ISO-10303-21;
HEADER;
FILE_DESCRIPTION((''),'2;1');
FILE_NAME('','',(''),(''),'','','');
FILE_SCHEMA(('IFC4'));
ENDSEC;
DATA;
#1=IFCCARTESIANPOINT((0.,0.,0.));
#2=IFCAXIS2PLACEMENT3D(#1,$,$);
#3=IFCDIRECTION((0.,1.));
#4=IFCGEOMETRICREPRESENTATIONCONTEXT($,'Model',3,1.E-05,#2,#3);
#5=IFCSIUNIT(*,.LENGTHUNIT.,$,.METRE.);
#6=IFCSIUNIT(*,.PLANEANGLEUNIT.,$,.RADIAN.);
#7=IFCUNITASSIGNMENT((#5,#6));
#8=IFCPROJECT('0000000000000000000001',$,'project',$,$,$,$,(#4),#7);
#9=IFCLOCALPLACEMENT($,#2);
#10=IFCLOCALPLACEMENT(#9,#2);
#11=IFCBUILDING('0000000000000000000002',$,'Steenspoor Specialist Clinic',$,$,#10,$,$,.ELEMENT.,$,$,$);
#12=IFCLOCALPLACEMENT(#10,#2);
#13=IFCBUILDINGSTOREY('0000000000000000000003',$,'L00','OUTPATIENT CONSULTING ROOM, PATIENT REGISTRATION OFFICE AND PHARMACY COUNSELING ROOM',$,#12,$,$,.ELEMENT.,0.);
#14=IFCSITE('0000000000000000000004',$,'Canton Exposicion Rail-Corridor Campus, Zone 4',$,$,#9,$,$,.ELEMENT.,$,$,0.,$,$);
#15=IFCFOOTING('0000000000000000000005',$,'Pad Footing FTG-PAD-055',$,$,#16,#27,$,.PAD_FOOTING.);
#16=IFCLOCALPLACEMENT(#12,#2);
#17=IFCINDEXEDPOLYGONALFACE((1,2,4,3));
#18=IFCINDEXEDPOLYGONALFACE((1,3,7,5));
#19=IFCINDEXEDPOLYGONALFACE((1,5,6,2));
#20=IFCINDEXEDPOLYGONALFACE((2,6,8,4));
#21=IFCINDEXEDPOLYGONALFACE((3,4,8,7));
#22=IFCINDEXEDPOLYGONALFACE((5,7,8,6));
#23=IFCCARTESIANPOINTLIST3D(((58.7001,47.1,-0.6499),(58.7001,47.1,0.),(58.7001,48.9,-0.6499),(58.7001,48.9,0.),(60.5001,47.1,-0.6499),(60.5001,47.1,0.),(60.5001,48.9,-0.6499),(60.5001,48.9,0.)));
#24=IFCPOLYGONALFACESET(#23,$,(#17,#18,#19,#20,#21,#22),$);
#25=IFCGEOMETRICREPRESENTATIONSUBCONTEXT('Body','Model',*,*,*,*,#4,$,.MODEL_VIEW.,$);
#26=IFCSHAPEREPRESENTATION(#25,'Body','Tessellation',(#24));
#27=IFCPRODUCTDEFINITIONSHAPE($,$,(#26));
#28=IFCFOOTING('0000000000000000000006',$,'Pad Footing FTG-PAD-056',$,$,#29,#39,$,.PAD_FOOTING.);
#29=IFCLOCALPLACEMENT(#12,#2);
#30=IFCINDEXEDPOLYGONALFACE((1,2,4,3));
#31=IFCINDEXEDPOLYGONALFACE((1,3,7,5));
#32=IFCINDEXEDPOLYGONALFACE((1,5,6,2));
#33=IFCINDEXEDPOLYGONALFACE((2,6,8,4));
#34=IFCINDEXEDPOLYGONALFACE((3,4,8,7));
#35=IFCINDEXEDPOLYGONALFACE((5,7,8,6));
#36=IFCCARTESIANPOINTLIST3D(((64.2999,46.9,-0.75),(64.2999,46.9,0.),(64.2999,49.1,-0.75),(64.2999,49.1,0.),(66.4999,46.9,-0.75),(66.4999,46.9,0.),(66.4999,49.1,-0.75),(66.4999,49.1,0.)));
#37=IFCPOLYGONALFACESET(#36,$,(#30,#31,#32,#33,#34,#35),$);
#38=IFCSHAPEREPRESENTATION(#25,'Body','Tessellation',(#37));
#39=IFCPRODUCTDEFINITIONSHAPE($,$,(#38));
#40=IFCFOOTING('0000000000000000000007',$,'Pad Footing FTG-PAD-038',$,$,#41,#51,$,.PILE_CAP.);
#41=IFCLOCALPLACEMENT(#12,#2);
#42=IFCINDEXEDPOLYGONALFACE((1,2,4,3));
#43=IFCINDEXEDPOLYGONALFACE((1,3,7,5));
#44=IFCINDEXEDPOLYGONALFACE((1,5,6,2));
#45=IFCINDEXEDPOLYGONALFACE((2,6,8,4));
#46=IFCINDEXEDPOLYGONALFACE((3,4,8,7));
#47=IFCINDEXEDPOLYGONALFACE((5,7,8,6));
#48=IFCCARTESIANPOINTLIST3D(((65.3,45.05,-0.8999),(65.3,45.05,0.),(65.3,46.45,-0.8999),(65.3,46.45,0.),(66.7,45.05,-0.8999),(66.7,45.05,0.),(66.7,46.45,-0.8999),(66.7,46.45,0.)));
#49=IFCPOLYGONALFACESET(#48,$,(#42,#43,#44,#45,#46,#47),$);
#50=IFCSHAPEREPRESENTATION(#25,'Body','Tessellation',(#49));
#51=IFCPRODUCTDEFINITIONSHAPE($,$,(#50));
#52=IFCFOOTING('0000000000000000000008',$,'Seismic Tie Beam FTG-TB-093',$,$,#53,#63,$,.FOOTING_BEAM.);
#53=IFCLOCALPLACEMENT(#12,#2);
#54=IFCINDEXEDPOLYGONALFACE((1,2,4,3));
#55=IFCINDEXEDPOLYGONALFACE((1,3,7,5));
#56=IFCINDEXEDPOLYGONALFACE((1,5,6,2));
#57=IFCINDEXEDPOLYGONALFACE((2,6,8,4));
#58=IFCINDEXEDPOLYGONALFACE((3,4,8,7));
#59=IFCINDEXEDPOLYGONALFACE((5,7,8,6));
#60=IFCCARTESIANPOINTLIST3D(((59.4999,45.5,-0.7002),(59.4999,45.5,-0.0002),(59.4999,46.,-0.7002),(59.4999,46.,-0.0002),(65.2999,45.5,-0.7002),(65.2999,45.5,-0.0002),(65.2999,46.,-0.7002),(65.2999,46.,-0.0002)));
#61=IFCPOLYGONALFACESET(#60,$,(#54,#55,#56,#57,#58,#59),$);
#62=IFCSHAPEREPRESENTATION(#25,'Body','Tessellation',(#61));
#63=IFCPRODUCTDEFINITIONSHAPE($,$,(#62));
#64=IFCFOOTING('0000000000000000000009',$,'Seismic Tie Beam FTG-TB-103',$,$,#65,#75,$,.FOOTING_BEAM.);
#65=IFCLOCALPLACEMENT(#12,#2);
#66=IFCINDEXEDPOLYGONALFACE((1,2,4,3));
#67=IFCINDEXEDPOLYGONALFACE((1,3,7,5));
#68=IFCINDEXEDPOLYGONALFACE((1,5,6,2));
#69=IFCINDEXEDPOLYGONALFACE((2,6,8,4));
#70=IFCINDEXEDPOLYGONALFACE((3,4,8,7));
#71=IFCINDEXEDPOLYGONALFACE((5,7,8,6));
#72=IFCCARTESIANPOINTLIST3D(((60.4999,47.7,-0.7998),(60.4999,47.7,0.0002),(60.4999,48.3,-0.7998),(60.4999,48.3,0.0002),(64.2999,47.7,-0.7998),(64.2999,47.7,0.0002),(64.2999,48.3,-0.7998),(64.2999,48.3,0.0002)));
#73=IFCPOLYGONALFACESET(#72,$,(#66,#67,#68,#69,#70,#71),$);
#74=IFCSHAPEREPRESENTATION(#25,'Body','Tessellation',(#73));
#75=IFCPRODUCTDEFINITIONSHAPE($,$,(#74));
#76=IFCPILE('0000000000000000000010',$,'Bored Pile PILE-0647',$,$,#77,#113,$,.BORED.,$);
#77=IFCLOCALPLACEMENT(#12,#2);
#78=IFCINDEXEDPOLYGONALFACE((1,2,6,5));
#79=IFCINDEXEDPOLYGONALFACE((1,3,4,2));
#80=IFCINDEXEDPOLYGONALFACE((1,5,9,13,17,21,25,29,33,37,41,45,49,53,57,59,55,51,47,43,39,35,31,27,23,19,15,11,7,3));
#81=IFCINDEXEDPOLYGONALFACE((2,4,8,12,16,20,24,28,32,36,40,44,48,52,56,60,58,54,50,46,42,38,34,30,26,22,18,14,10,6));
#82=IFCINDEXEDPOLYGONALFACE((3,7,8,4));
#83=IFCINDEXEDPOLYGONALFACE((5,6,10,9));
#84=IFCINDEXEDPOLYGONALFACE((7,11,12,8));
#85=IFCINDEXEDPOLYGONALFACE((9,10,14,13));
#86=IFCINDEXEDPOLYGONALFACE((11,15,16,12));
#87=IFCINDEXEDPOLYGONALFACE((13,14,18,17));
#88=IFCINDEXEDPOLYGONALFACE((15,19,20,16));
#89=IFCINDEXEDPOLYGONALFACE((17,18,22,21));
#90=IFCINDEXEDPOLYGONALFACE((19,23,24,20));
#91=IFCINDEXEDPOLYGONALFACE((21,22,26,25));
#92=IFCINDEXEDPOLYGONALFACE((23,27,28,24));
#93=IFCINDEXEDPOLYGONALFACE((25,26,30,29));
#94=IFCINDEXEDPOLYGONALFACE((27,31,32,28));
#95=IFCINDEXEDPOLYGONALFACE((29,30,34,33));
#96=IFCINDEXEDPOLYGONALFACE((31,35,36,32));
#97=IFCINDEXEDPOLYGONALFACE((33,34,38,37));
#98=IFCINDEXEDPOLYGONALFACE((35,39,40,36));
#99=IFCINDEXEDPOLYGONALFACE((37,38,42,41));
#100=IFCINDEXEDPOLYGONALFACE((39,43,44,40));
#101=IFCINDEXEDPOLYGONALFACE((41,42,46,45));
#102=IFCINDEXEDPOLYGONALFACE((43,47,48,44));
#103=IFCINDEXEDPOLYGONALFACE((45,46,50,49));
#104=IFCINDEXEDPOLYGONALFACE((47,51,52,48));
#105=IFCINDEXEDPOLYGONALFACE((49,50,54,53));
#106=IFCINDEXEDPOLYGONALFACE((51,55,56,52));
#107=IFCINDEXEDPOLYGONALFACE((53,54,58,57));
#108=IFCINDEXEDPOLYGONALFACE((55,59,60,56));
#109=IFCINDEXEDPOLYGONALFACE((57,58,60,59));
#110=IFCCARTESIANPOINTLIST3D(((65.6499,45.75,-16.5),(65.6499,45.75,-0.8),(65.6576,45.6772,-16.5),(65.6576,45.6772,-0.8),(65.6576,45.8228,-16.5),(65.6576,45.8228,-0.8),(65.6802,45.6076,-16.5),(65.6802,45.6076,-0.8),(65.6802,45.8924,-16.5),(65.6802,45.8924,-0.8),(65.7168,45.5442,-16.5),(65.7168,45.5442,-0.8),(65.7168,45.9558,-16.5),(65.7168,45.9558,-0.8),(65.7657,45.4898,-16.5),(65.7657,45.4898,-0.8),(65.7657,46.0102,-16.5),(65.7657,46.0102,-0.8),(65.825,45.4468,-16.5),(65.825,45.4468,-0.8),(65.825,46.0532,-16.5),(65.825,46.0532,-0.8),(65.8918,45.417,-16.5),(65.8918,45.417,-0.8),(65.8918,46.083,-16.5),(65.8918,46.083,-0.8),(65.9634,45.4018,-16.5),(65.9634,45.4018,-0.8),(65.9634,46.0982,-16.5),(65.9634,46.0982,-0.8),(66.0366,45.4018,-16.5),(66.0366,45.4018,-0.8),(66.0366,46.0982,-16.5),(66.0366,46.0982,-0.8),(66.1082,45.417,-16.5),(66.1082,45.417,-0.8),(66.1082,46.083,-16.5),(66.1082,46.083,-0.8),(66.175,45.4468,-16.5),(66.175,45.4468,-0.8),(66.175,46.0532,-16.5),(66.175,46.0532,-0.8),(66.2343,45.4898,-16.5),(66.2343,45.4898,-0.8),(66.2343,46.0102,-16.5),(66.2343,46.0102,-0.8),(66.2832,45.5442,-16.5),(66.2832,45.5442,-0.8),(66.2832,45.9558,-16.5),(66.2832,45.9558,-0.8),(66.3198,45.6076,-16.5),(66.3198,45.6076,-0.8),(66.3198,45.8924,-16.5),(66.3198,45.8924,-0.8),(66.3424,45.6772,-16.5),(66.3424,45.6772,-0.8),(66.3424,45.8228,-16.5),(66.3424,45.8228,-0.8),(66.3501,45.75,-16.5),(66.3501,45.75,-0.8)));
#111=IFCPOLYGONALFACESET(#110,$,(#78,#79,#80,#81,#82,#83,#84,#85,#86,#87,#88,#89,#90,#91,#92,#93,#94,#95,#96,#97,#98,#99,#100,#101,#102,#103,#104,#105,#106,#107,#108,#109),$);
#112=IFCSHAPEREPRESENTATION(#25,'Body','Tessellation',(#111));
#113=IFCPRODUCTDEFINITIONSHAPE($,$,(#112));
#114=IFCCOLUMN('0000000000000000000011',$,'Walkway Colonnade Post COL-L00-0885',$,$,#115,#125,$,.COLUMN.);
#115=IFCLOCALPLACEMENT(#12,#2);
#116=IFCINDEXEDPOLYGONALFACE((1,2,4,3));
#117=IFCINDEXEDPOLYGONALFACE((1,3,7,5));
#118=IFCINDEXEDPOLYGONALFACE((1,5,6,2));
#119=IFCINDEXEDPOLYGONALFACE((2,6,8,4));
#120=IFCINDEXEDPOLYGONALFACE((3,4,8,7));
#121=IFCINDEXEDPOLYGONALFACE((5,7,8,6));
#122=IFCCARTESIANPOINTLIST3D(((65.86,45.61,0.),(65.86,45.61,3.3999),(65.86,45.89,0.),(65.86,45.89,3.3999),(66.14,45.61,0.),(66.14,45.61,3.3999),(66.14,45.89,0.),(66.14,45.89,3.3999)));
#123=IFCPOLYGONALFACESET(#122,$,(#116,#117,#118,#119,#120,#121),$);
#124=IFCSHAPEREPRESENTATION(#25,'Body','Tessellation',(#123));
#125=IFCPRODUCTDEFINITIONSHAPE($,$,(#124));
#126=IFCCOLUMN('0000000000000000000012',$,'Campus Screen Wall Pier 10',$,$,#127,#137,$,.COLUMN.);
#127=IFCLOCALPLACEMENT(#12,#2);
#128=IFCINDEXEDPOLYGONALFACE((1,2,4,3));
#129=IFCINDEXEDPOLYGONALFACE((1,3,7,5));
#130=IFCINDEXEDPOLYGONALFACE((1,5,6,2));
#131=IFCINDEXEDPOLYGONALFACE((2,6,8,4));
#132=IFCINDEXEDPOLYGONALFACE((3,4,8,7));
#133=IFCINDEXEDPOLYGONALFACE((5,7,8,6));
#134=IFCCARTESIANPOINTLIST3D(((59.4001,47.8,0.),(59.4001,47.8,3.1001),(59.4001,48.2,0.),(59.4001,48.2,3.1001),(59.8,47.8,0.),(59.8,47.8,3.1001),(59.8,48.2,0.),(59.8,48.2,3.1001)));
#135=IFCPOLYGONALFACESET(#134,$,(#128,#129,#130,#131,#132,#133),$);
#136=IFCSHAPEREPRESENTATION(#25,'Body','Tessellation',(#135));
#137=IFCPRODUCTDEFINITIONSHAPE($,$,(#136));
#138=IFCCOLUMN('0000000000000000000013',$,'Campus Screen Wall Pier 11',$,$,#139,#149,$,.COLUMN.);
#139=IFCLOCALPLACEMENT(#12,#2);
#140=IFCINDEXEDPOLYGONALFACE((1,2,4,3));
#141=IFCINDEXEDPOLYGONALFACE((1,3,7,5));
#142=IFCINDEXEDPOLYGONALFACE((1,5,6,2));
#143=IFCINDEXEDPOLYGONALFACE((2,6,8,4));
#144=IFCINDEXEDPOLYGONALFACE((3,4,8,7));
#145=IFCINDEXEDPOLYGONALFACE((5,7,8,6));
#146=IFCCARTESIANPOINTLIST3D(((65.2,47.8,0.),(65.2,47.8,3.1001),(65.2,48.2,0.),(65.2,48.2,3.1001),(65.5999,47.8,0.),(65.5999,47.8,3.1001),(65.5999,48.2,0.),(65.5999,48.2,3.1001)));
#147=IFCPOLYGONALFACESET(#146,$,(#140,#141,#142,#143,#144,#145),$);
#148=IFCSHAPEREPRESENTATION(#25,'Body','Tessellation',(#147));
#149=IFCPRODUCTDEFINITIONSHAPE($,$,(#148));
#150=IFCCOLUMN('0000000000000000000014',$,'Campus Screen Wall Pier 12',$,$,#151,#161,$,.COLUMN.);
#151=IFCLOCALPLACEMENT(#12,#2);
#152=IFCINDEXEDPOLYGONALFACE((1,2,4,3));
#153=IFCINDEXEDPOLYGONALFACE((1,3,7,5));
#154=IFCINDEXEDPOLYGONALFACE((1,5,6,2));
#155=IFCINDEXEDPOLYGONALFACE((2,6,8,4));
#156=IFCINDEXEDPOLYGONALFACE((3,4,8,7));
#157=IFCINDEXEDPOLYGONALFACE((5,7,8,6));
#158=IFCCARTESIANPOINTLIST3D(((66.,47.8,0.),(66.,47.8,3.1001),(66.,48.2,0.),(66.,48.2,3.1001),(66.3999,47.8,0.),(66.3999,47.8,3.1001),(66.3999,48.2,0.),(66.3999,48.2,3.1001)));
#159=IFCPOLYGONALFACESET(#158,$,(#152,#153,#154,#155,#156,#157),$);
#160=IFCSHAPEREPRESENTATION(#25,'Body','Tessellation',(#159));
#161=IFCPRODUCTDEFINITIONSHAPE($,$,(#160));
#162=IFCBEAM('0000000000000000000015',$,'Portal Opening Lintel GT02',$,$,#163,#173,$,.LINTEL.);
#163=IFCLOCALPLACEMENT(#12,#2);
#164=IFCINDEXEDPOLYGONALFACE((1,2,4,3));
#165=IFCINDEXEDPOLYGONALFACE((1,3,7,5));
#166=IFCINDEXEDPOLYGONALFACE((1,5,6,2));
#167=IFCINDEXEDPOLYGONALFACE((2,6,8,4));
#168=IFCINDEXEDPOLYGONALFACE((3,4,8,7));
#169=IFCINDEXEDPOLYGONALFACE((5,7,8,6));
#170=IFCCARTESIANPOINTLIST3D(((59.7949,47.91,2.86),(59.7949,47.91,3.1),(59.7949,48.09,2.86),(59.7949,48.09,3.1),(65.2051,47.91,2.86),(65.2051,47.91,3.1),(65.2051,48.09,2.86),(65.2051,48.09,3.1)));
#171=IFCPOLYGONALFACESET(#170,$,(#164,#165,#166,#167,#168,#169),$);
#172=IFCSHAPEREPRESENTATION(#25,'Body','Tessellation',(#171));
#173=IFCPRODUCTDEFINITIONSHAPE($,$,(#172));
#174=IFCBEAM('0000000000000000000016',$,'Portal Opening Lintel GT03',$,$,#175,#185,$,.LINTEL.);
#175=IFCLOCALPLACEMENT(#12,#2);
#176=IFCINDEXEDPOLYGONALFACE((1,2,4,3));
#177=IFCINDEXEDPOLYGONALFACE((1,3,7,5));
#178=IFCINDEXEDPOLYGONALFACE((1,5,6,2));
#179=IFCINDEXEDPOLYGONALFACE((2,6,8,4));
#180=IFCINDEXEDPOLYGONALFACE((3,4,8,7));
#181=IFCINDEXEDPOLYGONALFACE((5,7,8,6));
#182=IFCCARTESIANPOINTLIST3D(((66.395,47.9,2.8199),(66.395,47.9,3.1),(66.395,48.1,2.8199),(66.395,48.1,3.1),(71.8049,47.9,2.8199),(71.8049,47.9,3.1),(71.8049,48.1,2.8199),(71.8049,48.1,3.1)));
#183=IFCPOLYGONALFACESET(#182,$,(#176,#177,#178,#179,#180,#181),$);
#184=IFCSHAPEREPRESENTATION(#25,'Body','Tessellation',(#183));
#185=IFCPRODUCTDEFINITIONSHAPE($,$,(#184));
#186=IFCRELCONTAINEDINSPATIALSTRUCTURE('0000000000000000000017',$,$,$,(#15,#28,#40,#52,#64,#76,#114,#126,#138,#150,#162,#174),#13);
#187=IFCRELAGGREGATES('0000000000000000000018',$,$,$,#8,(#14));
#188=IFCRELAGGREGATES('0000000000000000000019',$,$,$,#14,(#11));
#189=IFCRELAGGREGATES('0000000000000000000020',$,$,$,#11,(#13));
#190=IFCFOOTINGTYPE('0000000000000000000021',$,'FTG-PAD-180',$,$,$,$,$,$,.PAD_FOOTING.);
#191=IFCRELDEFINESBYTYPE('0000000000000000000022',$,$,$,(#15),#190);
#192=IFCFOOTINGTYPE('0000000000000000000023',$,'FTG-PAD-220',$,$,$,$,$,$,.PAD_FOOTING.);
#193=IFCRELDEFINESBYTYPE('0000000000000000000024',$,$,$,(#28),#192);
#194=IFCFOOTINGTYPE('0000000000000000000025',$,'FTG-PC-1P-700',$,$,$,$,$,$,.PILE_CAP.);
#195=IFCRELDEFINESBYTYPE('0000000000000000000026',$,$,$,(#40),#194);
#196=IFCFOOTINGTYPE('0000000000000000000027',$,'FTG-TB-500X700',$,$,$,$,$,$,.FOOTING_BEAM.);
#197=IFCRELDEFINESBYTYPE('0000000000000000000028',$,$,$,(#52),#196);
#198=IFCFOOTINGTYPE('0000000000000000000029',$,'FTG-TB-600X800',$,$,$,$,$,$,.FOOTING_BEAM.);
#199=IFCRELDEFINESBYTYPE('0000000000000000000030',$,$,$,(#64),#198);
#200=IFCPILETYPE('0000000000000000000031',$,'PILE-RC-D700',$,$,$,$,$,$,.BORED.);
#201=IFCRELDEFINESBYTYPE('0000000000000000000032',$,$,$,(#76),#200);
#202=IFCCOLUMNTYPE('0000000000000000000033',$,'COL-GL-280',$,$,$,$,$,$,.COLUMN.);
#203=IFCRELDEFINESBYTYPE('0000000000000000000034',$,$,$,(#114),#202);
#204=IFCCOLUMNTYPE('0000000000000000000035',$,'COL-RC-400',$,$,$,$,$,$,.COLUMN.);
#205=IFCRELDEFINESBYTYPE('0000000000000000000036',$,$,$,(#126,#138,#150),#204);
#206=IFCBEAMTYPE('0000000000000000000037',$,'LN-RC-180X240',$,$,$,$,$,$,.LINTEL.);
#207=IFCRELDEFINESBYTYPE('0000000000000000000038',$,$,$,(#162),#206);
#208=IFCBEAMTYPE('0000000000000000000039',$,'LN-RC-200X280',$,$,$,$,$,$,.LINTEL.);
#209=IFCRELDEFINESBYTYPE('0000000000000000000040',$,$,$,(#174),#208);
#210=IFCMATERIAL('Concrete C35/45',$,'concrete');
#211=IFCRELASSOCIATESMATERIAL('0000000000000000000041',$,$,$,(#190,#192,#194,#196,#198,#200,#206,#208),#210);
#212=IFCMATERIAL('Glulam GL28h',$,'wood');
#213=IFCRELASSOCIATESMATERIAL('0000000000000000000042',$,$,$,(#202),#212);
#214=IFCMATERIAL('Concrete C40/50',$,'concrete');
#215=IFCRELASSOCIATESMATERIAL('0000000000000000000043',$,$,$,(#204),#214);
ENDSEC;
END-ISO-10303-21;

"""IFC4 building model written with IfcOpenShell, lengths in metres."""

from ifc_helpers import new_model, si_unit, direction, frame, origin, origin_2d, place, context, subcontext, project, spatial, rectangle, circle, extrude, material, material_profile, profile_set, type_object, element, save


model = new_model("IFC4")

# Units and contexts
model_context = context("Model", 3, precision=1e-05, world=origin(), true_north=direction((0.0, 1.0)))
body_context = subcontext(model_context, "Body", "Model", "MODEL_VIEW")
ifc_project = project(units=[si_unit("LENGTHUNIT", "METRE"), si_unit("PLANEANGLEUNIT", "RADIAN")], contexts=[model_context])

# Site, building, storey
site_placement = place(None, origin())
site = spatial("IfcSite", under=ifc_project, at=site_placement, Name="Canton Exposicion Rail-Corridor Campus, Zone 4", CompositionType="ELEMENT", RefElevation=0.0)
building_placement = place(site_placement, origin())
building = spatial("IfcBuilding", under=site, at=building_placement, Name="Steenspoor Specialist Clinic", CompositionType="ELEMENT")
storey_placement = place(building_placement, origin())
storey = spatial("IfcBuildingStorey", under=building, at=storey_placement, Name="L00", Description="OUTPATIENT CONSULTING ROOM, PATIENT REGISTRATION OFFICE AND PHARMACY COUNSELING ROOM", CompositionType="ELEMENT", Elevation=0.0)

# Footings
ifc_material_1 = material(Name="Concrete C35/45", Category="concrete")
footing_type_1 = type_object("IfcFootingType", Name="FTG-PAD-180", PredefinedType="PAD_FOOTING", material=ifc_material_1)
footing_1_placement = place(storey_placement, frame((59.6001, 48.0, -0.6499), z_axis=(0.0, 0.0, 1.0), x_axis=(1.0, 0.0, 0.0)))
element("IfcFooting", 1, at=footing_1_placement, inside=storey, type_object=footing_type_1, Name="Pad Footing FTG-PAD-055", PredefinedType="PAD_FOOTING", context=body_context, shape_type="SweptSolid", body=[
    extrude(rectangle(XDim=1.8, YDim=1.8, at=origin_2d()), origin(), (0.0, 0.0, 1.0), 0.6499),
])
footing_type_2 = type_object("IfcFootingType", Name="FTG-PAD-220", PredefinedType="PAD_FOOTING", material=ifc_material_1)
footing_2_placement = place(storey_placement, frame((65.3999, 48.0, -0.75), z_axis=(0.0, 0.0, 1.0), x_axis=(1.0, 0.0, 0.0)))
element("IfcFooting", 2, at=footing_2_placement, inside=storey, type_object=footing_type_2, Name="Pad Footing FTG-PAD-056", PredefinedType="PAD_FOOTING", context=body_context, shape_type="SweptSolid", body=[
    extrude(rectangle(XDim=2.2, YDim=2.2, at=origin_2d()), origin(), (0.0, 0.0, 1.0), 0.75),
])
footing_type_3 = type_object("IfcFootingType", Name="FTG-PC-1P-700", PredefinedType="PILE_CAP", material=ifc_material_1)
footing_3_placement = place(storey_placement, frame((66.0, 45.75, -0.8999), z_axis=(0.0, 0.0, 1.0), x_axis=(1.0, 0.0, 0.0)))
element("IfcFooting", 3, at=footing_3_placement, inside=storey, type_object=footing_type_3, Name="Pad Footing FTG-PAD-038", PredefinedType="PILE_CAP", context=body_context, shape_type="SweptSolid", body=[
    extrude(rectangle(XDim=1.3999, YDim=1.3999, at=origin_2d()), origin(), (0.0, 0.0, 1.0), 0.8999),
])
footing_type_4 = type_object("IfcFootingType", Name="FTG-TB-500X700", PredefinedType="FOOTING_BEAM", material=ifc_material_1)
footing_4_placement = place(storey_placement, frame((62.3999, 45.75, -0.7002), z_axis=(0.0, 0.0, 1.0), x_axis=(1.0, 0.0, 0.0)))
element("IfcFooting", 4, at=footing_4_placement, inside=storey, type_object=footing_type_4, Name="Seismic Tie Beam FTG-TB-093", PredefinedType="FOOTING_BEAM", context=body_context, shape_type="SweptSolid", body=[
    extrude(rectangle(XDim=5.8, YDim=0.5, at=origin_2d()), origin(), (0.0, 0.0, 1.0), 0.7),
])
footing_type_5 = type_object("IfcFootingType", Name="FTG-TB-600X800", PredefinedType="FOOTING_BEAM", material=ifc_material_1)
footing_5_placement = place(storey_placement, frame((62.3999, 48.0, -0.7998), z_axis=(0.0, 0.0, 1.0), x_axis=(1.0, 0.0, 0.0)))
element("IfcFooting", 5, at=footing_5_placement, inside=storey, type_object=footing_type_5, Name="Seismic Tie Beam FTG-TB-103", PredefinedType="FOOTING_BEAM", context=body_context, shape_type="SweptSolid", body=[
    extrude(rectangle(XDim=3.8, YDim=0.6001, at=origin_2d()), origin(), (0.0, 0.0, 1.0), 0.8),
])

# Pile
ifc_material_profile_1 = material_profile(ifc_material_1, circle(Radius=0.3501, at=origin_2d()), Name="PILE-D700")
ifc_profile_set_1 = profile_set([ifc_material_profile_1], Name="Concrete C35/45")
pile_type = type_object("IfcPileType", Name="PILE-RC-D700", PredefinedType="BORED", material=ifc_profile_set_1)
pile_placement = place(storey_placement, frame((66.0, 45.75, -0.8), z_axis=(0.0, 0.0, -1.0), x_axis=(1.0, 0.0, 0.0)))
element("IfcPile", 6, at=pile_placement, inside=storey, type_object=pile_type, Name="Bored Pile PILE-0647", PredefinedType="BORED", context=body_context, shape_type="SweptSolid", body=[
    extrude(circle(Radius=0.3501, at=origin_2d()), origin(), (0.0, 0.0, 1.0), 15.7),
])

# Columns
ifc_material_2 = material(Name="Glulam GL28h", Category="wood")
ifc_material_profile_2 = material_profile(ifc_material_2, rectangle(XDim=0.28, YDim=0.28, at=origin_2d()), Name="GL28H-280X280")
ifc_profile_set_2 = profile_set([ifc_material_profile_2], Name="Glulam GL28h")
column_type_1 = type_object("IfcColumnType", Name="COL-GL-280", PredefinedType="COLUMN", material=ifc_profile_set_2)
column_placement = place(storey_placement, frame((66.0, 45.75, 0.0), z_axis=(0.0, 0.0, 1.0), x_axis=(1.0, 0.0, 0.0)))
element("IfcColumn", 7, at=column_placement, inside=storey, type_object=column_type_1, Name="Walkway Colonnade Post COL-L00-0885", PredefinedType="COLUMN", context=body_context, shape_type="SweptSolid", body=[
    extrude(rectangle(XDim=0.28, YDim=0.28, at=origin_2d()), origin(), (0.0, 0.0, 1.0), 3.3999),
])
ifc_material_3 = material(Name="Concrete C40/50", Category="concrete")
ifc_material_profile_3 = material_profile(ifc_material_3, rectangle(XDim=0.3999, YDim=0.3999, at=origin_2d()), Name="RC-COL-400X400")
ifc_profile_set_3 = profile_set([ifc_material_profile_3], Name="Concrete C40/50")
column_type_2 = type_object("IfcColumnType", Name="COL-RC-400", PredefinedType="COLUMN", material=ifc_profile_set_3)
for number, where, z_axis, x_axis, name in (
    (8, (59.6001, 48.0, 0.0), (0.0, 0.0, 1.0), (1.0, 0.0, 0.0), "Campus Screen Wall Pier 10"),
    (9, (65.3999, 48.0, 0.0), (0.0, 0.0, 1.0), (1.0, 0.0, 0.0), "Campus Screen Wall Pier 11"),
    (10, (66.2, 48.0, 0.0), (0.0, 0.0, 1.0), (1.0, 0.0, 0.0), "Campus Screen Wall Pier 12"),
):
    element("IfcColumn", number, at=place(storey_placement, frame(where, z_axis=z_axis, x_axis=x_axis)), inside=storey, type_object=column_type_2, Name=name, PredefinedType="COLUMN", context=body_context, shape_type="SweptSolid", body=[
        extrude(rectangle(XDim=0.3999, YDim=0.3999, at=origin_2d()), origin(), (0.0, 0.0, 1.0), 3.1001),
    ])

# Beams
ifc_material_profile_4 = material_profile(ifc_material_1, rectangle(XDim=0.1799, YDim=0.24, at=origin_2d()), Name="RC-LN-180X240")
ifc_profile_set_4 = profile_set([ifc_material_profile_4], Name="Concrete C35/45")
beam_type_1 = type_object("IfcBeamType", Name="LN-RC-180X240", PredefinedType="LINTEL", material=ifc_profile_set_4)
beam_1_placement = place(storey_placement, frame((59.7949, 48.0, 2.98), z_axis=(1.0, 0.0, 0.0), x_axis=(0.0, 1.0, 0.0)))
element("IfcBeam", 11, at=beam_1_placement, inside=storey, type_object=beam_type_1, Name="Portal Opening Lintel GT02", PredefinedType="LINTEL", context=body_context, shape_type="SweptSolid", body=[
    extrude(rectangle(XDim=0.1799, YDim=0.24, at=origin_2d()), origin(), (0.0, 0.0, 1.0), 5.4102),
])
ifc_material_profile_5 = material_profile(ifc_material_1, rectangle(XDim=0.2, YDim=0.28, at=origin_2d()), Name="RC-LN-200X280")
ifc_profile_set_5 = profile_set([ifc_material_profile_5], Name="Concrete C35/45")
beam_type_2 = type_object("IfcBeamType", Name="LN-RC-200X280", PredefinedType="LINTEL", material=ifc_profile_set_5)
beam_2_placement = place(storey_placement, frame((66.395, 48.0, 2.96), z_axis=(1.0, 0.0, 0.0), x_axis=(0.0, 1.0, 0.0)))
element("IfcBeam", 12, at=beam_2_placement, inside=storey, type_object=beam_type_2, Name="Portal Opening Lintel GT03", PredefinedType="LINTEL", context=body_context, shape_type="SweptSolid", body=[
    extrude(rectangle(XDim=0.2, YDim=0.28, at=origin_2d()), origin(), (0.0, 0.0, 1.0), 5.4099),
])

save(model, "model.ifc")
